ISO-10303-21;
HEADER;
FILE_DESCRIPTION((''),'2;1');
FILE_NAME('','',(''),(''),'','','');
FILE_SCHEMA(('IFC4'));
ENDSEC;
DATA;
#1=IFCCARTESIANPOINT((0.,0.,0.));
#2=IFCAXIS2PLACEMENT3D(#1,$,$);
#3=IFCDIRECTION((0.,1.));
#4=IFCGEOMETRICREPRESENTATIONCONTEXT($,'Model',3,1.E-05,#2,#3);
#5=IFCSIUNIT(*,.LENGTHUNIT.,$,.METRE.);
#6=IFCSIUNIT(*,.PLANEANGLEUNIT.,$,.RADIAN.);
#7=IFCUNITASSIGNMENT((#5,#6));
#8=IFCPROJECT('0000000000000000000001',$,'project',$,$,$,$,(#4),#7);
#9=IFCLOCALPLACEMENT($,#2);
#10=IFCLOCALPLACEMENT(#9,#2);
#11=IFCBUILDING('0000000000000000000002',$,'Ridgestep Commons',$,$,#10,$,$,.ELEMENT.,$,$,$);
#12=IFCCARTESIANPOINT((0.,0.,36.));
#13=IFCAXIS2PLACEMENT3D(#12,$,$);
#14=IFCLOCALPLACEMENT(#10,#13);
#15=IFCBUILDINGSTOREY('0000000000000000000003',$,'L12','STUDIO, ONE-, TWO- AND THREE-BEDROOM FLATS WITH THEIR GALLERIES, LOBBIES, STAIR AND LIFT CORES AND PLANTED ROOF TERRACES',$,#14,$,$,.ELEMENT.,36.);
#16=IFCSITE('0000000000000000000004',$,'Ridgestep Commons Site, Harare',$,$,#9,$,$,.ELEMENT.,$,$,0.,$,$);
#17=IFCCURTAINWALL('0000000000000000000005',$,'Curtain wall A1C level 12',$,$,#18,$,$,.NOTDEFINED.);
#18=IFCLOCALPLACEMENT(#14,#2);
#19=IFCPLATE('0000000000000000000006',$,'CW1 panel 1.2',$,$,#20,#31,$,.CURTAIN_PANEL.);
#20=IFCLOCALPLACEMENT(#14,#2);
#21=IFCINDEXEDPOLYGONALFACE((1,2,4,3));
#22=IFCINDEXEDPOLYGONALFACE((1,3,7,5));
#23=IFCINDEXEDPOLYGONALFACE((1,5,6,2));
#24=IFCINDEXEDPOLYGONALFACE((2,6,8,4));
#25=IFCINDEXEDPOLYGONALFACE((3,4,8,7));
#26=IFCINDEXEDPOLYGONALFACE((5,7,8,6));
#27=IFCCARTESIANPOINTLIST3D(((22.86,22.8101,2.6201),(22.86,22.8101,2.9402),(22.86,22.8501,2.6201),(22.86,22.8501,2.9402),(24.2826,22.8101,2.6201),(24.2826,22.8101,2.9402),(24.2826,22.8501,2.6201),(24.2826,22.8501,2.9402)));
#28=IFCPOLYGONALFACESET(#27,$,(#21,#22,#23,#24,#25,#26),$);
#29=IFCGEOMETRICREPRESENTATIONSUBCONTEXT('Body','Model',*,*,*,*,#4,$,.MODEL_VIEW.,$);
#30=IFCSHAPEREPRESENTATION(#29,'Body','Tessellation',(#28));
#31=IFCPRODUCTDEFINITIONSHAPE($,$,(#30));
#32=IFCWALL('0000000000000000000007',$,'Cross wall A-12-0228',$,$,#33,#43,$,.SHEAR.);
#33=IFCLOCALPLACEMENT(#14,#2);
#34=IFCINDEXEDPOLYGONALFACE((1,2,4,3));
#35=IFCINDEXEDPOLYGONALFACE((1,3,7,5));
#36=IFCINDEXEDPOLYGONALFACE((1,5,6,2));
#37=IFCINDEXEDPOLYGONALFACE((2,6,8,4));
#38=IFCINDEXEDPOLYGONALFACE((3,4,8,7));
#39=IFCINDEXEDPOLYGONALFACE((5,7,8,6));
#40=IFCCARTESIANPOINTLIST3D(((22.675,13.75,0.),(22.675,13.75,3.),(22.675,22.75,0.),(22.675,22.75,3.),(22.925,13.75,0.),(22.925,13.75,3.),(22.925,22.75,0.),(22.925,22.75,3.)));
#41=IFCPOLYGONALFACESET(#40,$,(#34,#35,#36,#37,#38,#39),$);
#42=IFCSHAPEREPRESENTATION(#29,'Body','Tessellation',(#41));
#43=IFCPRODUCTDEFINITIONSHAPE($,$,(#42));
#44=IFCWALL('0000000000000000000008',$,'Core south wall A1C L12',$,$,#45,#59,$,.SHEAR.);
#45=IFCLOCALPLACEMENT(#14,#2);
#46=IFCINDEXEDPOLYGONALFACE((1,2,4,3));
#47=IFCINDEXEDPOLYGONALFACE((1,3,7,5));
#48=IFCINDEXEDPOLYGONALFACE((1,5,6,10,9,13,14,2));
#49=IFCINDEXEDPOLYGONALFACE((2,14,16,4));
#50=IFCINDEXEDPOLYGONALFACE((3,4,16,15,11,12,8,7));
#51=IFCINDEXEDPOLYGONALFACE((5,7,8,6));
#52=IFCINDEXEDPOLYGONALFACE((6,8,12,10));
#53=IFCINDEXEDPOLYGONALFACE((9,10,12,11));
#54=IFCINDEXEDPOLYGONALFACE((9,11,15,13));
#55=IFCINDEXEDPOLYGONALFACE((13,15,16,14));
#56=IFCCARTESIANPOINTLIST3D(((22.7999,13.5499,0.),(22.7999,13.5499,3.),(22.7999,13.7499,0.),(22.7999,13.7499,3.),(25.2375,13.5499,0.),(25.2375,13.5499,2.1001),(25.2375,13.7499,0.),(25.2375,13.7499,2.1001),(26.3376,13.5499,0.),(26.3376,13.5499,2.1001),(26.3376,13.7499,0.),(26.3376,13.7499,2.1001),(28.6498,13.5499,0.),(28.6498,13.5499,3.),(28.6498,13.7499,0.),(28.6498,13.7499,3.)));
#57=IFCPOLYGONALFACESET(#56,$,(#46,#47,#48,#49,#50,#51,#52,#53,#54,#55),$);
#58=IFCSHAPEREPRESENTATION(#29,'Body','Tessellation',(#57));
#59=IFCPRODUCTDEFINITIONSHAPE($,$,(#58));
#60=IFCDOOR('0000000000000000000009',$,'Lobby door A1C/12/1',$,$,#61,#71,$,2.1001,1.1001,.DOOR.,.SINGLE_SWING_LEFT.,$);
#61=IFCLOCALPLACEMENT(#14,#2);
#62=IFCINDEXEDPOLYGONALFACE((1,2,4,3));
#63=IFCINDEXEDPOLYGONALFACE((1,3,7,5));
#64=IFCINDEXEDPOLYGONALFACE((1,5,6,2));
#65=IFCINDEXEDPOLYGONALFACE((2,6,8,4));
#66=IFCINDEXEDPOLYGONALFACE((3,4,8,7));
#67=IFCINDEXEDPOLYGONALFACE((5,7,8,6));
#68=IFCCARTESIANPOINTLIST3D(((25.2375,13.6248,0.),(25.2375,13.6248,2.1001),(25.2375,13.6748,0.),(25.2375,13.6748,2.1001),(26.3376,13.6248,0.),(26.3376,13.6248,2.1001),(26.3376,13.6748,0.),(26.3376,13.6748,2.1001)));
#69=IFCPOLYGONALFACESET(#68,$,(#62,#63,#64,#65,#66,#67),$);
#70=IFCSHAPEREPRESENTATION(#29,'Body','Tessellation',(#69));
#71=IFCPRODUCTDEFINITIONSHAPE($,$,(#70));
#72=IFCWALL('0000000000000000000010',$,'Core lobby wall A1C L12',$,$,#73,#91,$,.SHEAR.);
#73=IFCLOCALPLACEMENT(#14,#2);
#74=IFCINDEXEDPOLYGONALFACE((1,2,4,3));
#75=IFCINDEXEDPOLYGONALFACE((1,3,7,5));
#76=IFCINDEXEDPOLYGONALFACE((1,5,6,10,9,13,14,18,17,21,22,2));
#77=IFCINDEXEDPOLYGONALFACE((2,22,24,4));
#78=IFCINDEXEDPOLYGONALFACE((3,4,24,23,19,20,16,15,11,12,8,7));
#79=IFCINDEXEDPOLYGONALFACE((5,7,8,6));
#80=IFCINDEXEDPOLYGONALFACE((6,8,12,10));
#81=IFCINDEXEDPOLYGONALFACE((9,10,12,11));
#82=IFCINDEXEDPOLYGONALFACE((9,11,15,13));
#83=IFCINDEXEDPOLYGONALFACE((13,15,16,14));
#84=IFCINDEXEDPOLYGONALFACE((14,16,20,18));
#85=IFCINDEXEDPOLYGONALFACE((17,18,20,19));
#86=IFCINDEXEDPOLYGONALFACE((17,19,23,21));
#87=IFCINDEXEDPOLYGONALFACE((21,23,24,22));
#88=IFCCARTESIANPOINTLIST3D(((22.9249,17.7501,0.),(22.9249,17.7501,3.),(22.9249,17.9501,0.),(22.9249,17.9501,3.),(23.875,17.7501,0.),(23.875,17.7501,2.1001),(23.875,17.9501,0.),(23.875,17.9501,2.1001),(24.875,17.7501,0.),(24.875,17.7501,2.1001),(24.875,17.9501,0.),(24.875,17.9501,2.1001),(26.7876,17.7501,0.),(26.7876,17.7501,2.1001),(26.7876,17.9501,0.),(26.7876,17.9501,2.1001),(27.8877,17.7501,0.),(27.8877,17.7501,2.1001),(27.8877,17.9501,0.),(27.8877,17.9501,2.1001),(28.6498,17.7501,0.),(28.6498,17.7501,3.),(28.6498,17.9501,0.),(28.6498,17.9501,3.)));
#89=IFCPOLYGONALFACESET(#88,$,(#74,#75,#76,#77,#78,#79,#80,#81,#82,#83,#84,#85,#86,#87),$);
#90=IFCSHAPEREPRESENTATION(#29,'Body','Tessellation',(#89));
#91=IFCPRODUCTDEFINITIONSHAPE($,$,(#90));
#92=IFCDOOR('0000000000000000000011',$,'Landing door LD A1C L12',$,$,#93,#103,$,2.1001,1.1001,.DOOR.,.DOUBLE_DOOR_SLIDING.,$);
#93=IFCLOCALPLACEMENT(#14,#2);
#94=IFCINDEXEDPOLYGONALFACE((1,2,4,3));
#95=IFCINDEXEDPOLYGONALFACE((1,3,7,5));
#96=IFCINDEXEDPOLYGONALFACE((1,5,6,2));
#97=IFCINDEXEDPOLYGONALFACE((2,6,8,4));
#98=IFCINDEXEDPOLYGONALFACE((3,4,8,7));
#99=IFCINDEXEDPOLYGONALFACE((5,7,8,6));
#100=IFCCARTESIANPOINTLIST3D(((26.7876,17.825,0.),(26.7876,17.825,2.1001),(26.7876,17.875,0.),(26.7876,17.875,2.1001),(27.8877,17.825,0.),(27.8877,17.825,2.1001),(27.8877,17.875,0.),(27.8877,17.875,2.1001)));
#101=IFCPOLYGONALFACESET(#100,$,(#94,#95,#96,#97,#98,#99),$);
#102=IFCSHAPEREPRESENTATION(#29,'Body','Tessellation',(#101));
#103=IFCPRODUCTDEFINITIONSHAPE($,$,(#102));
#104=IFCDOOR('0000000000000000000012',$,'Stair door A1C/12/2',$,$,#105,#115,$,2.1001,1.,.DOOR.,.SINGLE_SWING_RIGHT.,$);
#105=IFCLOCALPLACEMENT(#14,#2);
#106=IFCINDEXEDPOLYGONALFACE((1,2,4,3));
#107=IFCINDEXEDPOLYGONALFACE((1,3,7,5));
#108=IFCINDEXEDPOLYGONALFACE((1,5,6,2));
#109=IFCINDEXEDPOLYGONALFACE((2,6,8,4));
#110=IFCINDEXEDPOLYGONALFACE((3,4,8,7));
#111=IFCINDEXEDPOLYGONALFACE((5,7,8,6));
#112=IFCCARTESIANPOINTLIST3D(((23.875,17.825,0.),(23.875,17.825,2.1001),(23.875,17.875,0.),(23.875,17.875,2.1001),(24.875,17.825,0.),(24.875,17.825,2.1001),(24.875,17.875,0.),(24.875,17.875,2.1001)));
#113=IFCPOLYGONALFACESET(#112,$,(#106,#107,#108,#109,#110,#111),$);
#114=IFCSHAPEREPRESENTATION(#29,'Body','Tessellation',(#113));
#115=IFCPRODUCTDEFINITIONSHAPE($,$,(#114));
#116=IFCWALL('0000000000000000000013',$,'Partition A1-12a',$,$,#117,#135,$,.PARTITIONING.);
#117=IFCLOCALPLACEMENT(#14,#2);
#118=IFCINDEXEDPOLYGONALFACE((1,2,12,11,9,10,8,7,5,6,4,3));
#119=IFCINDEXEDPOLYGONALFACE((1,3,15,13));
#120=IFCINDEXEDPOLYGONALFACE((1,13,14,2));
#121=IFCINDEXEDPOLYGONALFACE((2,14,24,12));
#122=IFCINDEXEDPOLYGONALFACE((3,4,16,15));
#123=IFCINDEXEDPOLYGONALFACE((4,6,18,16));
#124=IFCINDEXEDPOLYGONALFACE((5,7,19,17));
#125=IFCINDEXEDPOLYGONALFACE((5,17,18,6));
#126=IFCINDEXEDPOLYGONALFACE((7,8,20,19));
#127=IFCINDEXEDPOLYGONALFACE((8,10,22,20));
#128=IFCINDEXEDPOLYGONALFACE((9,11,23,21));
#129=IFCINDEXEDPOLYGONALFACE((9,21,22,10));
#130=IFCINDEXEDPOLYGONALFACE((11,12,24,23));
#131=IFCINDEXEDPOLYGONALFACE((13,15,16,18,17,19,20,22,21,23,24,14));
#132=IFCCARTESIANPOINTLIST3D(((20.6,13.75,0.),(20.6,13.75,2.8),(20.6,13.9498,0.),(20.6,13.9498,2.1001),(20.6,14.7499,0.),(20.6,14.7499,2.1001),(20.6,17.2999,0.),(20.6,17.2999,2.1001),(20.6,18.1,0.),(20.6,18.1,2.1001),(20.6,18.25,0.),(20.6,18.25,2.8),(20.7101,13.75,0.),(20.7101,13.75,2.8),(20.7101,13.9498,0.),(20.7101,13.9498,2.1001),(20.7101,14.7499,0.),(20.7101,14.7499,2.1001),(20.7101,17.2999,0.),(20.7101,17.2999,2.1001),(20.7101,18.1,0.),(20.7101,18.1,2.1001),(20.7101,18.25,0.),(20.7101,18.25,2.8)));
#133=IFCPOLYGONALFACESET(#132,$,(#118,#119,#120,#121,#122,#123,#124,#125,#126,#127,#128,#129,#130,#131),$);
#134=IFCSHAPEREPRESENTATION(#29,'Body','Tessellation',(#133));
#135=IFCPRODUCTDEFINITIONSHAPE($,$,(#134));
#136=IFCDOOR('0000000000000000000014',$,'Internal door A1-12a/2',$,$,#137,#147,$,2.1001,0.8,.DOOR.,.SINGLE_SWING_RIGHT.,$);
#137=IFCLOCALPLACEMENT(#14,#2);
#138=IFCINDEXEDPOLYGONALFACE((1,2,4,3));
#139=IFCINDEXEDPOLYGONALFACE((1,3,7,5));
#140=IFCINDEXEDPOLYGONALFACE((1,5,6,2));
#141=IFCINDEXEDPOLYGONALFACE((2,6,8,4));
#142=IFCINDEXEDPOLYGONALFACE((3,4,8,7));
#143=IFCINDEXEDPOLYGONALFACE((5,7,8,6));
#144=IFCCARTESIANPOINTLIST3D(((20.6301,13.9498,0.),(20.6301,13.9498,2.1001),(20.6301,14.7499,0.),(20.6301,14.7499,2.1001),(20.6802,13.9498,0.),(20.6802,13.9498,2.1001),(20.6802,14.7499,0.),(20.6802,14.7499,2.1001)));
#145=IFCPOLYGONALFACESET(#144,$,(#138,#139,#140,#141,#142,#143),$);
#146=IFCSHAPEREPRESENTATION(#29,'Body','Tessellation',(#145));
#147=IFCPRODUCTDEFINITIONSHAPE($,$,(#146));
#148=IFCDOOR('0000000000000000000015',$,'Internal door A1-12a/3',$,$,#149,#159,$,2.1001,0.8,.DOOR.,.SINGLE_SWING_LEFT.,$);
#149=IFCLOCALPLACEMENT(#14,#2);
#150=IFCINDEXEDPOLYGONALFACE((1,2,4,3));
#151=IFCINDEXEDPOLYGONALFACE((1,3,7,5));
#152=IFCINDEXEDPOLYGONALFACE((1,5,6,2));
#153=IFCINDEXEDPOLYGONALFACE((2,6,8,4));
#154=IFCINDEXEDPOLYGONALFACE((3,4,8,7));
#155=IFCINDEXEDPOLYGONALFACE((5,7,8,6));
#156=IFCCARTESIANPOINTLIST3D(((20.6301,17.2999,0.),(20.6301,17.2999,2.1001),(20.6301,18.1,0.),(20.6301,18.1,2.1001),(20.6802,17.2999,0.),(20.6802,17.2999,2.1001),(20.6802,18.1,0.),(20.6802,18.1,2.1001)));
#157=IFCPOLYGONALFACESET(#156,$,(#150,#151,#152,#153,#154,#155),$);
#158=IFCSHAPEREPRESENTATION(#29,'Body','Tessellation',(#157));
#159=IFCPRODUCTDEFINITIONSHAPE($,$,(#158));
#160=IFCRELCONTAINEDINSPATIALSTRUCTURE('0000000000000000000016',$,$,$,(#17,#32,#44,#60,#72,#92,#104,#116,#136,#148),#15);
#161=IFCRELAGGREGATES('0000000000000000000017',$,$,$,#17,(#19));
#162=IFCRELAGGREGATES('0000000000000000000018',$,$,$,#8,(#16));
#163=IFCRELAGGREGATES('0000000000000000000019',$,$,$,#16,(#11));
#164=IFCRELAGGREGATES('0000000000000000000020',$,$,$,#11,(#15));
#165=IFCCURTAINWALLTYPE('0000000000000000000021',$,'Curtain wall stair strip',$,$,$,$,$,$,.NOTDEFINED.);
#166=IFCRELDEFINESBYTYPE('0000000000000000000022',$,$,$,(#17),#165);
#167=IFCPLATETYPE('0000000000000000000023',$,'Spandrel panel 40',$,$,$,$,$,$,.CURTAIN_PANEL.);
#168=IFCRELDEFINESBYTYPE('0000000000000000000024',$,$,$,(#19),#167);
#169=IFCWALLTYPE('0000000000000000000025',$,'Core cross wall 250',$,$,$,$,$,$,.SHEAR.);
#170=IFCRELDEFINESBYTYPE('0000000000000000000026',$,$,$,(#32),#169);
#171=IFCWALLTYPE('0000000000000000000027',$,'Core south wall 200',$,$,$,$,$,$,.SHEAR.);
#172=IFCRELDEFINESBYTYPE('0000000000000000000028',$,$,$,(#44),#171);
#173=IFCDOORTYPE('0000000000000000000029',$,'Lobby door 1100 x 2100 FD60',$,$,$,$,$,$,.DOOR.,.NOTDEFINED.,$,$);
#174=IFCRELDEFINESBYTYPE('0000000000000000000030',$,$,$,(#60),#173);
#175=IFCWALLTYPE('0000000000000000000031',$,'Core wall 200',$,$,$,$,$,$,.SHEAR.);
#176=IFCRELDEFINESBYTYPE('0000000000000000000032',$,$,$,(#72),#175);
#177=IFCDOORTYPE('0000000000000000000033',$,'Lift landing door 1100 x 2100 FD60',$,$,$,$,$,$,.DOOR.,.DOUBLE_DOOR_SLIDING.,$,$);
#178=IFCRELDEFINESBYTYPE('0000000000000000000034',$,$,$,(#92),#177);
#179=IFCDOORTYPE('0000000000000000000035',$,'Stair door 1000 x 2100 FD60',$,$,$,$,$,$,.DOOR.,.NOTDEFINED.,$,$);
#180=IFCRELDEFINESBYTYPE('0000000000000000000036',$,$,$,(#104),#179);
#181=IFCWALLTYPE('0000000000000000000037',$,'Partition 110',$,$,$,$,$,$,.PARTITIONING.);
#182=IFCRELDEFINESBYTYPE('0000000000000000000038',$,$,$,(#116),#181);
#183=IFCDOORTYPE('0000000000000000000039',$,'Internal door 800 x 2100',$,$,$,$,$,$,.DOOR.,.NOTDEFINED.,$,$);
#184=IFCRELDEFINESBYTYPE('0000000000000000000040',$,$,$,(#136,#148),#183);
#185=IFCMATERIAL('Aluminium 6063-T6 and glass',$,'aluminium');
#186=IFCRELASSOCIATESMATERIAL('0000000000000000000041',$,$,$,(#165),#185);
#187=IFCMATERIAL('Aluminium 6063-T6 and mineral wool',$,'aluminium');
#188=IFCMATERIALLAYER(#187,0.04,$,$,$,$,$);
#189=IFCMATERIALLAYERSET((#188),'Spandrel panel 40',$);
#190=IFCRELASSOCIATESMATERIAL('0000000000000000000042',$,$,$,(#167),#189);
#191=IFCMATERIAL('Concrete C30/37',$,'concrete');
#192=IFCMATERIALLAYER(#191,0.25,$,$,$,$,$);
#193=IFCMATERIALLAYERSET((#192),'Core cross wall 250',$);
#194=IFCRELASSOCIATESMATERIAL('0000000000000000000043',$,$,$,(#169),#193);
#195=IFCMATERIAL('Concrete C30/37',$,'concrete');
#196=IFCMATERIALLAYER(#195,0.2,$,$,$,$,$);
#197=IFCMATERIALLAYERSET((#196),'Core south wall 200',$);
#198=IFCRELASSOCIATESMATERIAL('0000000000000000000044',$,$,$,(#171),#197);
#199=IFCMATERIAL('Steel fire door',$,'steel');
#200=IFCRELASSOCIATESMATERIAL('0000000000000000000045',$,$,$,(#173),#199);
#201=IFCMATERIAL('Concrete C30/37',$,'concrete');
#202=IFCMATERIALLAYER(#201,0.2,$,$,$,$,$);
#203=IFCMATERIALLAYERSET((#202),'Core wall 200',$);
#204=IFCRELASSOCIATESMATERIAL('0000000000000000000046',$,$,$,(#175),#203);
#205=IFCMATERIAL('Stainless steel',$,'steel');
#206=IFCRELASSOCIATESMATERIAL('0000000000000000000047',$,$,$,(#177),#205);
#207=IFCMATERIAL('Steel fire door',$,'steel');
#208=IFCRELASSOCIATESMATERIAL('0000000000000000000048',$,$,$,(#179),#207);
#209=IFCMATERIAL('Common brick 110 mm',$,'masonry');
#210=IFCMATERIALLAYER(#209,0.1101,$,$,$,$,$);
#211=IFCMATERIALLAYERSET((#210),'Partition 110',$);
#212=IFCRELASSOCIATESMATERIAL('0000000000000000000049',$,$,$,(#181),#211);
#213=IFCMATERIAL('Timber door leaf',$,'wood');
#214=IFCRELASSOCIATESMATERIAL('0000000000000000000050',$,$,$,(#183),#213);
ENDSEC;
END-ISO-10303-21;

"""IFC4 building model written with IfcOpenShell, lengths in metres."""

from ifc_helpers import new_model, si_unit, direction, frame, frame_2d, origin, origin_2d, place, context, subcontext, project, spatial, rectangle, extrude, material, layer, layer_set, type_object, element, fill, aggregate, save


model = new_model("IFC4")

# Units and contexts
model_context = context("Model", 3, precision=1e-05, world=origin(), true_north=direction((0.0, 1.0)))
body_context = subcontext(model_context, "Body", "Model", "MODEL_VIEW")
ifc_project = project(units=[si_unit("LENGTHUNIT", "METRE"), si_unit("PLANEANGLEUNIT", "RADIAN")], contexts=[model_context])

# Site, building, storey
site_placement = place(None, origin())
site = spatial("IfcSite", under=ifc_project, at=site_placement, Name="Ridgestep Commons Site, Harare", CompositionType="ELEMENT", RefElevation=0.0)
building_placement = place(site_placement, origin())
building = spatial("IfcBuilding", under=site, at=building_placement, Name="Ridgestep Commons", CompositionType="ELEMENT")
storey_placement = place(building_placement, frame((0.0, 0.0, 36.0)))
storey = spatial("IfcBuildingStorey", under=building, at=storey_placement, Name="L12", Description="STUDIO, ONE-, TWO- AND THREE-BEDROOM FLATS WITH THEIR GALLERIES, LOBBIES, STAIR AND LIFT CORES AND PLANTED ROOF TERRACES", CompositionType="ELEMENT", Elevation=36.0)

# Curtain wall
ifc_material_1 = material(Name="Aluminium 6063-T6 and glass", Category="aluminium")
curtain_wall_type = type_object("IfcCurtainWallType", Name="Curtain wall stair strip", PredefinedType="NOTDEFINED", material=ifc_material_1)
curtain_wall_placement = place(storey_placement, origin())
curtain_wall = element("IfcCurtainWall", 1, at=curtain_wall_placement, inside=storey, type_object=curtain_wall_type, Name="Curtain wall A1C level 12", PredefinedType="NOTDEFINED")

# Plate
ifc_material_2 = material(Name="Aluminium 6063-T6 and mineral wool", Category="aluminium")
ifc_layer_1 = layer(ifc_material_2, 0.04)
ifc_layer_set_1 = layer_set([ifc_layer_1], Name="Spandrel panel 40")
plate_type_1 = type_object("IfcPlateType", Name="Spandrel panel 40", PredefinedType="CURTAIN_PANEL", material=ifc_layer_set_1)
plate_1_placement = place(storey_placement, frame((23.5713, 22.8301, 2.6201), z_axis=(0.0, 0.0, 1.0), x_axis=(1.0, 0.0, 0.0)))
plate_1 = element("IfcPlate", 2, at=plate_1_placement, type_object=plate_type_1, Name="CW1 panel 1.2", PredefinedType="CURTAIN_PANEL", context=body_context, shape_type="SweptSolid", body=[
    extrude(rectangle(XDim=1.4226, YDim=0.04, at=origin_2d()), origin(), (0.0, 0.0, 1.0), 0.3201),
])
aggregate(curtain_wall, [plate_1])

# Wall
ifc_material_3 = material(Name="Concrete C30/37", Category="concrete")
ifc_layer_2 = layer(ifc_material_3, 0.25)
ifc_layer_set_2 = layer_set([ifc_layer_2], Name="Core cross wall 250")
wall_type_1 = type_object("IfcWallType", Name="Core cross wall 250", PredefinedType="SHEAR", material=ifc_layer_set_2)
wall_1_placement = place(storey_placement, frame((22.8, 13.75, 0.0), z_axis=(0.0, 0.0, 1.0), x_axis=(0.0, 1.0, 0.0)))
element("IfcWall", 3, at=wall_1_placement, inside=storey, type_object=wall_type_1, Name="Cross wall A-12-0228", PredefinedType="SHEAR", context=body_context, shape_type="SweptSolid", body=[
    extrude(rectangle(XDim=9.0, YDim=0.25, at=frame_2d((4.5, 0.0))), origin(), (0.0, 0.0, 1.0), 3.0),
])

# Wall, opening, door
ifc_material_4 = material(Name="Concrete C30/37", Category="concrete")
ifc_layer_3 = layer(ifc_material_4, 0.2)
ifc_layer_set_3 = layer_set([ifc_layer_3], Name="Core south wall 200")
wall_type_2 = type_object("IfcWallType", Name="Core south wall 200", PredefinedType="SHEAR", material=ifc_layer_set_3)
wall_2_placement = place(storey_placement, frame((22.8, 13.6499, 0.0), z_axis=(0.0, 0.0, 1.0), x_axis=(1.0, 0.0, 0.0)))
wall_2 = element("IfcWall", 4, at=wall_2_placement, inside=storey, type_object=wall_type_2, Name="Core south wall A1C L12", PredefinedType="SHEAR", context=body_context, shape_type="SweptSolid", body=[
    extrude(rectangle(XDim=5.8499, YDim=0.2, at=frame_2d((2.9248, 0.0))), origin(), (0.0, 0.0, 1.0), 3.0),
])
opening_1_placement = place(wall_2_placement, frame((2.4375, 0.0, 0.0)))
opening_1 = element("IfcOpeningElement", 5, at=opening_1_placement, cuts=wall_2, PredefinedType="OPENING", context=body_context, shape_type="SweptSolid", body=[
    extrude(rectangle(XDim=1.1001, YDim=2.1001, at=frame_2d((0.55, 1.05))), frame((0.0, 0.1099, 0.0), z_axis=(0.0, -1.0, 0.0), x_axis=(1.0, 0.0, 0.0)), (0.0, 0.0, 1.0), 0.22),
])
ifc_material_5 = material(Name="Steel fire door", Category="steel")
door_type_1 = type_object("IfcDoorType", Name="Lobby door 1100 x 2100 FD60", OperationType="NOTDEFINED", PredefinedType="DOOR", material=ifc_material_5)
door_1_placement = place(opening_1_placement, origin())
door_1 = element("IfcDoor", 6, at=door_1_placement, inside=storey, type_object=door_type_1, Name="Lobby door A1C/12/1", OperationType="SINGLE_SWING_LEFT", OverallHeight=2.1001, OverallWidth=1.1001, PredefinedType="DOOR", context=body_context, shape_type="SweptSolid", body=[
    extrude(rectangle(XDim=1.1001, YDim=2.1001, at=frame_2d((0.55, 1.05))), frame((0.0, 0.0249, 0.0), z_axis=(0.0, -1.0, 0.0), x_axis=(1.0, 0.0, 0.0)), (0.0, 0.0, 1.0), 0.05),
])
fill(opening_1, door_1)

# Walls, openings, doors
ifc_material_6 = material(Name="Concrete C30/37", Category="concrete")
ifc_layer_4 = layer(ifc_material_6, 0.2)
ifc_layer_set_4 = layer_set([ifc_layer_4], Name="Core wall 200")
wall_type_3 = type_object("IfcWallType", Name="Core wall 200", PredefinedType="SHEAR", material=ifc_layer_set_4)
wall_3_placement = place(storey_placement, frame((22.925, 17.8501, 0.0), z_axis=(0.0, 0.0, 1.0), x_axis=(1.0, 0.0, 0.0)))
wall_3 = element("IfcWall", 7, at=wall_3_placement, inside=storey, type_object=wall_type_3, Name="Core lobby wall A1C L12", PredefinedType="SHEAR", context=body_context, shape_type="SweptSolid", body=[
    extrude(rectangle(XDim=5.7249, YDim=0.2, at=frame_2d((2.8623, 0.0))), origin(), (0.0, 0.0, 1.0), 3.0),
])
opening_2_placement = place(wall_3_placement, frame((0.95, 0.0, 0.0)))
opening_2 = element("IfcOpeningElement", 8, at=opening_2_placement, cuts=wall_3, PredefinedType="OPENING", context=body_context, shape_type="SweptSolid", body=[
    extrude(rectangle(XDim=1.0, YDim=2.1001, at=frame_2d((0.5, 1.05))), frame((0.0, 0.1099, 0.0), z_axis=(0.0, -1.0, 0.0), x_axis=(1.0, 0.0, 0.0)), (0.0, 0.0, 1.0), 0.22),
])
opening_3_placement = place(wall_3_placement, frame((3.8625, 0.0, 0.0)))
opening_3 = element("IfcOpeningElement", 9, at=opening_3_placement, cuts=wall_3, PredefinedType="OPENING", context=body_context, shape_type="SweptSolid", body=[
    extrude(rectangle(XDim=1.1001, YDim=2.1001, at=frame_2d((0.55, 1.05))), frame((0.0, 0.1099, 0.0), z_axis=(0.0, -1.0, 0.0), x_axis=(1.0, 0.0, 0.0)), (0.0, 0.0, 1.0), 0.22),
])
ifc_material_7 = material(Name="Stainless steel", Category="steel")
door_type_2 = type_object("IfcDoorType", Name="Lift landing door 1100 x 2100 FD60", OperationType="DOUBLE_DOOR_SLIDING", PredefinedType="DOOR", material=ifc_material_7)
door_2_placement = place(opening_3_placement, origin())
door_2 = element("IfcDoor", 10, at=door_2_placement, inside=storey, type_object=door_type_2, Name="Landing door LD A1C L12", OperationType="DOUBLE_DOOR_SLIDING", OverallHeight=2.1001, OverallWidth=1.1001, PredefinedType="DOOR", context=body_context, shape_type="SweptSolid", body=[
    extrude(rectangle(XDim=1.1001, YDim=2.1001, at=frame_2d((0.55, 1.05))), frame((0.0, 0.0249, 0.0), z_axis=(0.0, -1.0, 0.0), x_axis=(1.0, 0.0, 0.0)), (0.0, 0.0, 1.0), 0.05),
])
fill(opening_3, door_2)
ifc_material_8 = material(Name="Steel fire door", Category="steel")
door_type_3 = type_object("IfcDoorType", Name="Stair door 1000 x 2100 FD60", OperationType="NOTDEFINED", PredefinedType="DOOR", material=ifc_material_8)
door_3_placement = place(opening_2_placement, origin())
door_3 = element("IfcDoor", 11, at=door_3_placement, inside=storey, type_object=door_type_3, Name="Stair door A1C/12/2", OperationType="SINGLE_SWING_RIGHT", OverallHeight=2.1001, OverallWidth=1.0, PredefinedType="DOOR", context=body_context, shape_type="SweptSolid", body=[
    extrude(rectangle(XDim=1.0, YDim=2.1001, at=frame_2d((0.5, 1.05))), frame((0.0, 0.0249, 0.0), z_axis=(0.0, -1.0, 0.0), x_axis=(1.0, 0.0, 0.0)), (0.0, 0.0, 1.0), 0.05),
])
fill(opening_2, door_3)
ifc_material_9 = material(Name="Common brick 110 mm", Category="masonry")
ifc_layer_5 = layer(ifc_material_9, 0.1101)
ifc_layer_set_5 = layer_set([ifc_layer_5], Name="Partition 110")
wall_type_4 = type_object("IfcWallType", Name="Partition 110", PredefinedType="PARTITIONING", material=ifc_layer_set_5)
wall_4_placement = place(storey_placement, frame((20.655, 13.75, 0.0), z_axis=(0.0, 0.0, 1.0), x_axis=(0.0, 1.0, 0.0)))
wall_4 = element("IfcWall", 12, at=wall_4_placement, inside=storey, type_object=wall_type_4, Name="Partition A1-12a", PredefinedType="PARTITIONING", context=body_context, shape_type="SweptSolid", body=[
    extrude(rectangle(XDim=4.5, YDim=0.1101, at=frame_2d((2.25, 0.0))), origin(), (0.0, 0.0, 1.0), 2.8),
])
opening_4_placement = place(wall_4_placement, frame((0.2, 0.0, 0.0)))
opening_4 = element("IfcOpeningElement", 13, at=opening_4_placement, cuts=wall_4, PredefinedType="OPENING", context=body_context, shape_type="SweptSolid", body=[
    extrude(rectangle(XDim=0.8, YDim=2.1001, at=frame_2d((0.3999, 1.05))), frame((0.0, 0.0649, 0.0), z_axis=(0.0, -1.0, 0.0), x_axis=(1.0, 0.0, 0.0)), (0.0, 0.0, 1.0), 0.1301),
])
opening_5_placement = place(wall_4_placement, frame((3.55, 0.0, 0.0)))
opening_5 = element("IfcOpeningElement", 14, at=opening_5_placement, cuts=wall_4, PredefinedType="OPENING", context=body_context, shape_type="SweptSolid", body=[
    extrude(rectangle(XDim=0.8, YDim=2.1001, at=frame_2d((0.3999, 1.05))), frame((0.0, 0.0649, 0.0), z_axis=(0.0, -1.0, 0.0), x_axis=(1.0, 0.0, 0.0)), (0.0, 0.0, 1.0), 0.1301),
])
ifc_material_10 = material(Name="Timber door leaf", Category="wood")
door_type_4 = type_object("IfcDoorType", Name="Internal door 800 x 2100", OperationType="NOTDEFINED", PredefinedType="DOOR", material=ifc_material_10)
door_4_placement = place(opening_4_placement, origin())
door_4 = element("IfcDoor", 15, at=door_4_placement, inside=storey, type_object=door_type_4, Name="Internal door A1-12a/2", OperationType="SINGLE_SWING_RIGHT", OverallHeight=2.1001, OverallWidth=0.8, PredefinedType="DOOR", context=body_context, shape_type="SweptSolid", body=[
    extrude(rectangle(XDim=0.8, YDim=2.1001, at=frame_2d((0.3999, 1.05))), frame((0.0, 0.0249, 0.0), z_axis=(0.0, -1.0, 0.0), x_axis=(1.0, 0.0, 0.0)), (0.0, 0.0, 1.0), 0.05),
])
fill(opening_4, door_4)
door_5_placement = place(opening_5_placement, origin())
door_5 = element("IfcDoor", 16, at=door_5_placement, inside=storey, type_object=door_type_4, Name="Internal door A1-12a/3", OperationType="SINGLE_SWING_LEFT", OverallHeight=2.1001, OverallWidth=0.8, PredefinedType="DOOR", context=body_context, shape_type="SweptSolid", body=[
    extrude(rectangle(XDim=0.8, YDim=2.1001, at=frame_2d((0.3999, 1.05))), frame((0.0, 0.0249, 0.0), z_axis=(0.0, -1.0, 0.0), x_axis=(1.0, 0.0, 0.0)), (0.0, 0.0, 1.0), 0.05),
])
fill(opening_5, door_5)

save(model, "model.ifc")
